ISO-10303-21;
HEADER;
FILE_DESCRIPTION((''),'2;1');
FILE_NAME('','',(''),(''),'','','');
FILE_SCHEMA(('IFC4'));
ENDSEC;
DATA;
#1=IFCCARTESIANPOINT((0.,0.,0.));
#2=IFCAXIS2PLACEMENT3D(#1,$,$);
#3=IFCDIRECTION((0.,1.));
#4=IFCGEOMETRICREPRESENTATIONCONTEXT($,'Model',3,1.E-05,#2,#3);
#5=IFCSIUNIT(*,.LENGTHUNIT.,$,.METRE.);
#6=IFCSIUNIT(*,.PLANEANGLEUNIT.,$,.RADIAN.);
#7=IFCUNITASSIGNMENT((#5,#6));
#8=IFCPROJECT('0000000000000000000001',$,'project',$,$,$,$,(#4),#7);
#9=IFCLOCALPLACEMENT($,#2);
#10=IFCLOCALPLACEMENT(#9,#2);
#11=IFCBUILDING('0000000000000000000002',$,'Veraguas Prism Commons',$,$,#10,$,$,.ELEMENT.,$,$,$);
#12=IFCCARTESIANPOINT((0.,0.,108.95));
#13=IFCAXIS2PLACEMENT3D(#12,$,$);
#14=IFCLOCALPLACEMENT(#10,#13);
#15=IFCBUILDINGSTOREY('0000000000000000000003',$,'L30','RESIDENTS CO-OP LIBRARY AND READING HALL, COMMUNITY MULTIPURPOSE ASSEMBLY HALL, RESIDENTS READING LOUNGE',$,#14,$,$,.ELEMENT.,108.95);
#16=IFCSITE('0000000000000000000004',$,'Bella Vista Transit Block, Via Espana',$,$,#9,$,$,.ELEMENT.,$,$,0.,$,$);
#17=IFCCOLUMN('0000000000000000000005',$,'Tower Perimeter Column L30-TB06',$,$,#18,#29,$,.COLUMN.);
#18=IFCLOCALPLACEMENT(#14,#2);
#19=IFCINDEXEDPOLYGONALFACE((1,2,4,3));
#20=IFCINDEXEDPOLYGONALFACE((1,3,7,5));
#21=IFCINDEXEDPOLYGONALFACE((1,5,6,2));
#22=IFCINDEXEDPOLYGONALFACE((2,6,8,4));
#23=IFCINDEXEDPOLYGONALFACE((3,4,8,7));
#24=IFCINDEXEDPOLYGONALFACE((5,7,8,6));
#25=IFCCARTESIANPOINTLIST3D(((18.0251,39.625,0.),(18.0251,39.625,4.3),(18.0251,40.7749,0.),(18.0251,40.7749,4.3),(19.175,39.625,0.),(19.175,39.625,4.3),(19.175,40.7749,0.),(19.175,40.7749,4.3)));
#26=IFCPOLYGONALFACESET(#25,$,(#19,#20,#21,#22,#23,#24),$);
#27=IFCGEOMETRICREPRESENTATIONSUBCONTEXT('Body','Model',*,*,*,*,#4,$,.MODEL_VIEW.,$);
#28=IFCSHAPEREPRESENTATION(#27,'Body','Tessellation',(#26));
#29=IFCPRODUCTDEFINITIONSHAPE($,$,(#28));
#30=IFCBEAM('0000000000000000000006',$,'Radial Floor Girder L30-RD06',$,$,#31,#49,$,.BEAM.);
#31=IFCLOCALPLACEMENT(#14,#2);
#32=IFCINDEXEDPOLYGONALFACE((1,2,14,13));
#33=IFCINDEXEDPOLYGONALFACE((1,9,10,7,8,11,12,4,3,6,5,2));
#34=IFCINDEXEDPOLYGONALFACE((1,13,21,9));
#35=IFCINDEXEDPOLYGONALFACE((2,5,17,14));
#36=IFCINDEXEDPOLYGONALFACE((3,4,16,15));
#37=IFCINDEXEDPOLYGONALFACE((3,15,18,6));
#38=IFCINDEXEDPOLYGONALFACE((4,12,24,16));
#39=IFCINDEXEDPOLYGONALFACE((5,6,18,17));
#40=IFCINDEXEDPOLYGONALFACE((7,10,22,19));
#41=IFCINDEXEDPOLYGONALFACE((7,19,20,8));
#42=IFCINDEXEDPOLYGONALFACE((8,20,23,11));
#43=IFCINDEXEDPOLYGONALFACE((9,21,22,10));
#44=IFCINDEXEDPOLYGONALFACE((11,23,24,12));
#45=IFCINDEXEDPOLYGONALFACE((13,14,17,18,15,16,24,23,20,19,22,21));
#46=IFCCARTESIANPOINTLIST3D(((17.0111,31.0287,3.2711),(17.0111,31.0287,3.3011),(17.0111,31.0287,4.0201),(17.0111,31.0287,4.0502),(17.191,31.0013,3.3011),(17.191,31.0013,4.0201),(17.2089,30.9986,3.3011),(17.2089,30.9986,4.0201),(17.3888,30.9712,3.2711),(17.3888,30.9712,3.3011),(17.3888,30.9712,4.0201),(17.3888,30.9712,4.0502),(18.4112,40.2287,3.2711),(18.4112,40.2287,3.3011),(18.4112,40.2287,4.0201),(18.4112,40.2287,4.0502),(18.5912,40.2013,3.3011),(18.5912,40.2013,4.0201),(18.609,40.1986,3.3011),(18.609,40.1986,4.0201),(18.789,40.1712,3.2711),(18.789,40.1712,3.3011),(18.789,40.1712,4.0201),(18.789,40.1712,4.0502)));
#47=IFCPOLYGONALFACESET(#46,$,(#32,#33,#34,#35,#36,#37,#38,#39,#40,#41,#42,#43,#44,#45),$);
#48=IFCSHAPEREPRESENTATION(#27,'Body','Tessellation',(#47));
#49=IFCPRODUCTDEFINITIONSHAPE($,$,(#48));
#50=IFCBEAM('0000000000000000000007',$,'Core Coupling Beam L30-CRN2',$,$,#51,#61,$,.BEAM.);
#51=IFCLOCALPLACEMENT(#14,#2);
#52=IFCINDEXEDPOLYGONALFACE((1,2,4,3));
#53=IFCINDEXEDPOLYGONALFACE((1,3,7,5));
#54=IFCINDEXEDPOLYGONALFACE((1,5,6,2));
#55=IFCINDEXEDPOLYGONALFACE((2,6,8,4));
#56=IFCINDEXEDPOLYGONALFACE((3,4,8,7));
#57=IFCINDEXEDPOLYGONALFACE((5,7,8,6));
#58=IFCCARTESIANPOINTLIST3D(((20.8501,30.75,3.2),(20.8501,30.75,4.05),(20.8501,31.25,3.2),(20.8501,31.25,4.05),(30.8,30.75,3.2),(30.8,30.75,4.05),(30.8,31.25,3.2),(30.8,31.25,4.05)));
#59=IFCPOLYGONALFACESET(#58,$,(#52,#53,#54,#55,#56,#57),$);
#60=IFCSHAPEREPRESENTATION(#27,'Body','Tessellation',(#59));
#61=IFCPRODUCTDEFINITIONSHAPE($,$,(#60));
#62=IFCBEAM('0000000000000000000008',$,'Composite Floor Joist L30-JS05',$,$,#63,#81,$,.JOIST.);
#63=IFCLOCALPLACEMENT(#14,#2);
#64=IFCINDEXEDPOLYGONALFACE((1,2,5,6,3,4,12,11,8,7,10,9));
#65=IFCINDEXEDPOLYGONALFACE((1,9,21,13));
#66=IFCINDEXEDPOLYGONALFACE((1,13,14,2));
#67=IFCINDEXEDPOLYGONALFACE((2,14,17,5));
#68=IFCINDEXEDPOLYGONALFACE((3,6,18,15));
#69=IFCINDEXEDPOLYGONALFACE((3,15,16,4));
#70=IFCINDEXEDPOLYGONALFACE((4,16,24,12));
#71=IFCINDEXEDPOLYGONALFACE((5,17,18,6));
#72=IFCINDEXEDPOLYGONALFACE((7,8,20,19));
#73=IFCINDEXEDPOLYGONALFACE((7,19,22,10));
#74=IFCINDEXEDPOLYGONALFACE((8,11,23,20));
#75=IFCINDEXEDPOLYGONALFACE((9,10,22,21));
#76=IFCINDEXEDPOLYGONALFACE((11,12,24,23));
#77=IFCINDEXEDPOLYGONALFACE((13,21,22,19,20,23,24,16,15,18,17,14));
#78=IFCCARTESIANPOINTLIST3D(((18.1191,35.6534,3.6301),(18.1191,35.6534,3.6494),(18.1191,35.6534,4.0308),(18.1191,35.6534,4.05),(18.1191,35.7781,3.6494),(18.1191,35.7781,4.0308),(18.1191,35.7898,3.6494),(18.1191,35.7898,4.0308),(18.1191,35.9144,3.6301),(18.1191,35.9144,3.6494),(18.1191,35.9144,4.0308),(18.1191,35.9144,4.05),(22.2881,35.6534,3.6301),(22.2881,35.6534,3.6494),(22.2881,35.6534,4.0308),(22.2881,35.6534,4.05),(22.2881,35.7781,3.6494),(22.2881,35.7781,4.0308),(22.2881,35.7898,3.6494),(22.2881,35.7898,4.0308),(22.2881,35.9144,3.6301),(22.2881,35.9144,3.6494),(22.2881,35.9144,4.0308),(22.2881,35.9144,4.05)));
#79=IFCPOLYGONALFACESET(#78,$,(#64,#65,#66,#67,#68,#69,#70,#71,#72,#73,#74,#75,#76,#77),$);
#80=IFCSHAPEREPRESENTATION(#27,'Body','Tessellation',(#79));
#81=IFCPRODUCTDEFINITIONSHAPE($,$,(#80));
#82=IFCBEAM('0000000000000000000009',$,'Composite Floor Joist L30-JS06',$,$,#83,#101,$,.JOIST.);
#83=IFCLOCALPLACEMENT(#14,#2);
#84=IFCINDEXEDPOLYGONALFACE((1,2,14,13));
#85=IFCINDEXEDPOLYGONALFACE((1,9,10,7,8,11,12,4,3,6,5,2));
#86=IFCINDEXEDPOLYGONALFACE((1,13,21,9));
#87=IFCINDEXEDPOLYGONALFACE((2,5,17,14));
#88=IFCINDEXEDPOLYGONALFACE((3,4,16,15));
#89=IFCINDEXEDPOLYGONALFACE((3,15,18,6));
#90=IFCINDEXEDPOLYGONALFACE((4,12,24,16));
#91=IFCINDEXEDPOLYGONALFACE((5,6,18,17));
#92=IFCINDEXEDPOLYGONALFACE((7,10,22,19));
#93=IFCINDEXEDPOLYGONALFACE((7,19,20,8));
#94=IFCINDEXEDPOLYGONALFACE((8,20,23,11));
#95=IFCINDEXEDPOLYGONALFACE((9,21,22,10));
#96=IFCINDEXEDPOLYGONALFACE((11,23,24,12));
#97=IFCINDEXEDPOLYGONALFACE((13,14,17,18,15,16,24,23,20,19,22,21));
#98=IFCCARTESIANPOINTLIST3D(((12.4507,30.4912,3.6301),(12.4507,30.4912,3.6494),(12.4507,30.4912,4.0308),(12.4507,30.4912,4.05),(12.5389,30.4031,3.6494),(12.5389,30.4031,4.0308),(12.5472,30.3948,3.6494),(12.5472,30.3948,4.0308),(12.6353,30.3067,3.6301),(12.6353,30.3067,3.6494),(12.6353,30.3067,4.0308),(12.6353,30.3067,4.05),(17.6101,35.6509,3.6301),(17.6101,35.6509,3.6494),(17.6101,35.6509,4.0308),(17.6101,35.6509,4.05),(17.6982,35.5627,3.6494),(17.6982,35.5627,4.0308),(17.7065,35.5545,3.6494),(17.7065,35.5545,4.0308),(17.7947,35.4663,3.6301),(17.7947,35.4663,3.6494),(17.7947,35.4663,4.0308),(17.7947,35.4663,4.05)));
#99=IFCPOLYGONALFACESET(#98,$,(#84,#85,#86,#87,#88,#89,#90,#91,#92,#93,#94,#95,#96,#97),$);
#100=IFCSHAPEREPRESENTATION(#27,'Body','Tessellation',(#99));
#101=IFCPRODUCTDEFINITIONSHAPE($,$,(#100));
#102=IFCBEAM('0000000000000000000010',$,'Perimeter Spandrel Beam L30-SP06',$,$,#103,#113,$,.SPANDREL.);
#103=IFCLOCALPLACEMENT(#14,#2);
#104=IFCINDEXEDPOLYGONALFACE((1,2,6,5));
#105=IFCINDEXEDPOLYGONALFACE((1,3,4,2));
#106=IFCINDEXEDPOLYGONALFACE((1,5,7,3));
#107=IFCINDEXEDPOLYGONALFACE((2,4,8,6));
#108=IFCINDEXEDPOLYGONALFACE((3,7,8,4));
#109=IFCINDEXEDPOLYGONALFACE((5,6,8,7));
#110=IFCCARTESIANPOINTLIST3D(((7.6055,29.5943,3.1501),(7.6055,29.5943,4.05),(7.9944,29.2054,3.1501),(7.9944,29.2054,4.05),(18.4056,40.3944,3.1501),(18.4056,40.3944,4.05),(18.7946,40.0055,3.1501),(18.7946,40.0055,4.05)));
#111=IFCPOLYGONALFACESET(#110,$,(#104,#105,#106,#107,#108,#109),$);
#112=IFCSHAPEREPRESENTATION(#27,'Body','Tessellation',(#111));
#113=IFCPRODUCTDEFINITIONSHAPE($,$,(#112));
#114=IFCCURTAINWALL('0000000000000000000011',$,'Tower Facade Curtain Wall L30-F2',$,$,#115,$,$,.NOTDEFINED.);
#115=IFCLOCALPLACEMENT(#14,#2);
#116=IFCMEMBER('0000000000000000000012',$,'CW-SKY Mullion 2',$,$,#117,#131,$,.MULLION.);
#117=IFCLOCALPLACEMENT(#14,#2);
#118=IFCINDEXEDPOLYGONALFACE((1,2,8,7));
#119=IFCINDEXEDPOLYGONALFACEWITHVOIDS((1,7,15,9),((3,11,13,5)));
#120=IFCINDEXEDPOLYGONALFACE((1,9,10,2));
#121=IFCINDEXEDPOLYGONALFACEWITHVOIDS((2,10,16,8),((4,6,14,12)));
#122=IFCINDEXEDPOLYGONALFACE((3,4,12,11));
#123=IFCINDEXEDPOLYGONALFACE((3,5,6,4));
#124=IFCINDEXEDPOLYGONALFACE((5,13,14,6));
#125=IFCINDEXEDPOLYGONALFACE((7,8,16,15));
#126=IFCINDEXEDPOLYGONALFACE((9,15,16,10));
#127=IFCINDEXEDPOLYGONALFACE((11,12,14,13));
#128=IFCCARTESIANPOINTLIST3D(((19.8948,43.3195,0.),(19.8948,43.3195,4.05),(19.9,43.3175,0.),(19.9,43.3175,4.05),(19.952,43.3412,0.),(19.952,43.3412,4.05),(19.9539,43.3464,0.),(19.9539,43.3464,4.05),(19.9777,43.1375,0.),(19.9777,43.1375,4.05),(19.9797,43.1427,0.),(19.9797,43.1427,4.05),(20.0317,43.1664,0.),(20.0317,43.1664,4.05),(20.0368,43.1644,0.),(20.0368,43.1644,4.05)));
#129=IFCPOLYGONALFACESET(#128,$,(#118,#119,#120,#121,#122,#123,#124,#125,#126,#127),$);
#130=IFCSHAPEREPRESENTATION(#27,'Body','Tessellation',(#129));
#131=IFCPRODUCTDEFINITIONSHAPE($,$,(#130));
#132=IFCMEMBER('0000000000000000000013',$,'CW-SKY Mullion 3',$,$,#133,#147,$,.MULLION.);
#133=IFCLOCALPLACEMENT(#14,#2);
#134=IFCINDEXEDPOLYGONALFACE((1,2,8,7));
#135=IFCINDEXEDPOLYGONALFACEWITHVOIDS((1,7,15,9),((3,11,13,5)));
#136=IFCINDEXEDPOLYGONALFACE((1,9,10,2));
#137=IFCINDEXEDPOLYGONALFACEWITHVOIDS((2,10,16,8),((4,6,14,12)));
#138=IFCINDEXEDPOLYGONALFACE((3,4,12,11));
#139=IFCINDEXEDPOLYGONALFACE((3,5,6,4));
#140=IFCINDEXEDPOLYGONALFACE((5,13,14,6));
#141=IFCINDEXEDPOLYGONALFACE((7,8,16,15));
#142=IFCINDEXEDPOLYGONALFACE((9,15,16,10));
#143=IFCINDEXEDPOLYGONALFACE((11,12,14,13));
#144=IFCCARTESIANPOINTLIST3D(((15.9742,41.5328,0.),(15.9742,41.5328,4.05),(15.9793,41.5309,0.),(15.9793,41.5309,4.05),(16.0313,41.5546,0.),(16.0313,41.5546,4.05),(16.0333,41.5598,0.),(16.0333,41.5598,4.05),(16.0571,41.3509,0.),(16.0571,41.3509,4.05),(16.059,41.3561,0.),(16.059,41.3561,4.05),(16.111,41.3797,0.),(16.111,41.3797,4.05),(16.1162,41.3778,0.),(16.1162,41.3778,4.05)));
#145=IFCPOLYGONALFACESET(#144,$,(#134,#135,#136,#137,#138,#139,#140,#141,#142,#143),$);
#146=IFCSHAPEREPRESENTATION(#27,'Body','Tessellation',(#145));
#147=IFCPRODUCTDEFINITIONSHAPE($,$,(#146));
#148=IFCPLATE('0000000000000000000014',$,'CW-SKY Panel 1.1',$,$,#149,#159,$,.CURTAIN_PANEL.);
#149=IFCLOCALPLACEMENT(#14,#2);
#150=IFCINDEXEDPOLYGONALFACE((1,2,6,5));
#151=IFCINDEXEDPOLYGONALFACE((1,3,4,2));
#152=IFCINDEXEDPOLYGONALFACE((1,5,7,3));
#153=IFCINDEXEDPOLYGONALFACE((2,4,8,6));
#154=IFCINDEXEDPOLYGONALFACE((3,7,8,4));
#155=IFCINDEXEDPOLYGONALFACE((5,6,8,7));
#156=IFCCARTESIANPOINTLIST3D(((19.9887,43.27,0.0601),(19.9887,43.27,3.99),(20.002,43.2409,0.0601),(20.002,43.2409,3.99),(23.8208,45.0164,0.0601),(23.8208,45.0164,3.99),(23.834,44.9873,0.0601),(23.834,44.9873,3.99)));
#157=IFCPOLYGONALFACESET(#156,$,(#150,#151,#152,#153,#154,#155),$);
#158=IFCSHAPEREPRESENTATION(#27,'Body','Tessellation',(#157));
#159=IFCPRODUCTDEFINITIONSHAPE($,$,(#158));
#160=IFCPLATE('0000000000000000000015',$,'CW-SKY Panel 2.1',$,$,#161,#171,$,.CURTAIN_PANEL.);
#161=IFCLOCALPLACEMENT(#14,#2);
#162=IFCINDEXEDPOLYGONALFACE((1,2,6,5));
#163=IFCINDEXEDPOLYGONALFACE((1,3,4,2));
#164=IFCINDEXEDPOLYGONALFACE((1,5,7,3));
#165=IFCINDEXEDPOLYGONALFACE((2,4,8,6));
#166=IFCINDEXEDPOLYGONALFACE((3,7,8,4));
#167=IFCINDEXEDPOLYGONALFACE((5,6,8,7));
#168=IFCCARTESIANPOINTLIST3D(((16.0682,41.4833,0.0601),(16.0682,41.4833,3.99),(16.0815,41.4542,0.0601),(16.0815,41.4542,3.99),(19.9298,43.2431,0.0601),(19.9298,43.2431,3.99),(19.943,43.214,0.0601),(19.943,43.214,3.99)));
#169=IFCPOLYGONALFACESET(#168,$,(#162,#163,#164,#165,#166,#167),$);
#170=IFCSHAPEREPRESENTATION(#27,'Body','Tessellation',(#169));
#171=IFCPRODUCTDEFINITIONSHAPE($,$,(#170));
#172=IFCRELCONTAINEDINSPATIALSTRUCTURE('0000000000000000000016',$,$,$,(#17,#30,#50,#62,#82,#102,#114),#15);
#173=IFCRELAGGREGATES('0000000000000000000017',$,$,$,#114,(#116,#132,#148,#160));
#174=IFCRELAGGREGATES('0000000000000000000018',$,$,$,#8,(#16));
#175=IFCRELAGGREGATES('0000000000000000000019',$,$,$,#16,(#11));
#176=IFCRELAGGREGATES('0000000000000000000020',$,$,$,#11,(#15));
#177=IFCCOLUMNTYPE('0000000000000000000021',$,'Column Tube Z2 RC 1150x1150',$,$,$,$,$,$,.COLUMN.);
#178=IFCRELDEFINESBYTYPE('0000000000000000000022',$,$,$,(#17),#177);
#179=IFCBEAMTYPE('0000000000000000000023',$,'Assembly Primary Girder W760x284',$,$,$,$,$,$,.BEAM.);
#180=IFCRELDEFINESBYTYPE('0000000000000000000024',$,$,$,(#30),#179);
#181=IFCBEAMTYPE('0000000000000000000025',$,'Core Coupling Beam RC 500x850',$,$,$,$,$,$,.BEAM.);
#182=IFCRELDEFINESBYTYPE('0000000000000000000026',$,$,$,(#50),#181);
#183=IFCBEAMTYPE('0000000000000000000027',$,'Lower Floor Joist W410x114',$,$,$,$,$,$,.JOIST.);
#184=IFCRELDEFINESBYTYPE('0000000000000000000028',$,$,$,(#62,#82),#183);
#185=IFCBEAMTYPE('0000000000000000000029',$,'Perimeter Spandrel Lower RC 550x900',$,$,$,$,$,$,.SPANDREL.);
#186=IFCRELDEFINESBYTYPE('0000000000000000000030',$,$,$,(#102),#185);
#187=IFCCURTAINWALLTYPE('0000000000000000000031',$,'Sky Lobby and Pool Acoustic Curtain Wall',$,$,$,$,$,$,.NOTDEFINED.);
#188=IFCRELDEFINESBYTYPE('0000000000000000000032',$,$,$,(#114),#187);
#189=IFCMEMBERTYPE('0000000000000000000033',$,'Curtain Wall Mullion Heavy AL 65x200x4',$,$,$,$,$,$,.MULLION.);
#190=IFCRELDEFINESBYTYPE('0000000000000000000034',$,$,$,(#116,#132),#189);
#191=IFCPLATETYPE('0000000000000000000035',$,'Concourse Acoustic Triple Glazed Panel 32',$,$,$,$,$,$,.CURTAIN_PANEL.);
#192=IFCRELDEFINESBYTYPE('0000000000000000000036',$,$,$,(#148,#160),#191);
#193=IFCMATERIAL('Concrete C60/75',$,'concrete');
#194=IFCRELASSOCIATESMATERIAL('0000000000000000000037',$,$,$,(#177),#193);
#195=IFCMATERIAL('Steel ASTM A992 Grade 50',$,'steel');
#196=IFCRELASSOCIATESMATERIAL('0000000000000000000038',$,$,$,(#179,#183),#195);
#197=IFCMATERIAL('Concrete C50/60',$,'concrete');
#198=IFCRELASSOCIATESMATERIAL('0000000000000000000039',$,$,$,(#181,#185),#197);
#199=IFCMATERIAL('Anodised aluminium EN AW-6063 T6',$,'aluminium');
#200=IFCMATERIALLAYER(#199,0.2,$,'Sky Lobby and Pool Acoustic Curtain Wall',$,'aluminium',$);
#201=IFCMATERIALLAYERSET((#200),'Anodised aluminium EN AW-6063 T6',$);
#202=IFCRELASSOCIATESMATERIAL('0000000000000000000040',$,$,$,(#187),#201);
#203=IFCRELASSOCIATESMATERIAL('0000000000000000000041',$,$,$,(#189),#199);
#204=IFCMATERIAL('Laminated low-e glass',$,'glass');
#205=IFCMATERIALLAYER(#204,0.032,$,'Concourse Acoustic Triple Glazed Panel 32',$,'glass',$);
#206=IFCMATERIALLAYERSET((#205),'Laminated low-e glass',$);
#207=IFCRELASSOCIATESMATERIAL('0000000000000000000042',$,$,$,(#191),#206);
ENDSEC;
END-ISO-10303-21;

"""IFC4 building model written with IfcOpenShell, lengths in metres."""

from ifc_helpers import new_model, si_unit, direction, frame, origin, origin_2d, place, context, subcontext, project, spatial, rectangle, hollow_rectangle, i_section, extrude, source, transform, mapped, material, layer, layer_set, material_profile, profile_set, type_object, element, aggregate, save


model = new_model("IFC4")

# Units and contexts
model_context = context("Model", 3, precision=1e-05, world=origin(), true_north=direction((0.0, 1.0)))
body_context = subcontext(model_context, "Body", "Model", "MODEL_VIEW")
ifc_project = project(units=[si_unit("LENGTHUNIT", "METRE"), si_unit("PLANEANGLEUNIT", "RADIAN")], contexts=[model_context])

# Site, building, storey
site_placement = place(None, origin())
site = spatial("IfcSite", under=ifc_project, at=site_placement, Name="Bella Vista Transit Block, Via Espana", CompositionType="ELEMENT", RefElevation=0.0)
building_placement = place(site_placement, origin())
building = spatial("IfcBuilding", under=site, at=building_placement, Name="Veraguas Prism Commons", CompositionType="ELEMENT")
storey_placement = place(building_placement, frame((0.0, 0.0, 108.95)))
storey = spatial("IfcBuildingStorey", under=building, at=storey_placement, Name="L30", Description="RESIDENTS CO-OP LIBRARY AND READING HALL, COMMUNITY MULTIPURPOSE ASSEMBLY HALL, RESIDENTS READING LOUNGE", CompositionType="ELEMENT", Elevation=108.95)

# Column
ifc_material_1 = material(Name="Concrete C60/75", Category="concrete")
ifc_material_profile_1 = material_profile(ifc_material_1, rectangle(XDim=1.1499, YDim=1.1499, at=origin_2d()), Name="RC1150X1150")
ifc_profile_set_1 = profile_set([ifc_material_profile_1], Name="Concrete C60/75")
column_type = type_object("IfcColumnType", Name="Column Tube Z2 RC 1150x1150", PredefinedType="COLUMN", material=ifc_profile_set_1)
column_placement = place(storey_placement, frame((18.6001, 40.2, 0.0), z_axis=(0.0, 0.0, 1.0), x_axis=(1.0, 0.0, 0.0)))
element("IfcColumn", 1, at=column_placement, inside=storey, type_object=column_type, Name="Tower Perimeter Column L30-TB06", PredefinedType="COLUMN", context=body_context, shape_type="SweptSolid", body=[
    extrude(rectangle(XDim=1.1499, YDim=1.1499, at=origin_2d()), origin(), (0.0, 0.0, 1.0), 4.3),
])

# Beams
ifc_material_2 = material(Name="Steel ASTM A992 Grade 50", Category="steel")
ifc_material_profile_2 = material_profile(ifc_material_2, i_section(OverallWidth=0.3821, OverallDepth=0.7791, WebThickness=0.0181, FlangeThickness=0.03, at=origin_2d()), Name="W760X284")
ifc_profile_set_2 = profile_set([ifc_material_profile_2], Name="Steel ASTM A992 Grade 50")
beam_type_1 = type_object("IfcBeamType", Name="Assembly Primary Girder W760x284", PredefinedType="BEAM", material=ifc_profile_set_2)
beam_1_placement = place(storey_placement, frame((18.6001, 40.2, 3.6606), z_axis=(-0.150458, -0.988616, 0.0), x_axis=(0.988616, -0.150458, 0.0)))
element("IfcBeam", 2, at=beam_1_placement, inside=storey, type_object=beam_type_1, Name="Radial Floor Girder L30-RD06", PredefinedType="BEAM", context=body_context, shape_type="SweptSolid", body=[
    extrude(i_section(OverallWidth=0.3821, OverallDepth=0.7791, WebThickness=0.0181, FlangeThickness=0.03, at=origin_2d()), origin(), (0.0, 0.0, 1.0), 9.3059),
])
ifc_material_3 = material(Name="Concrete C50/60", Category="concrete")
ifc_material_profile_3 = material_profile(ifc_material_3, rectangle(XDim=0.5, YDim=0.8501, at=origin_2d()), Name="RC500X850")
ifc_profile_set_3 = profile_set([ifc_material_profile_3], Name="Concrete C50/60")
beam_type_2 = type_object("IfcBeamType", Name="Core Coupling Beam RC 500x850", PredefinedType="BEAM", material=ifc_profile_set_3)
beam_2_placement = place(storey_placement, frame((20.8501, 31.0, 3.625), z_axis=(1.0, 0.0, 0.0), x_axis=(0.0, 1.0, 0.0)))
element("IfcBeam", 3, at=beam_2_placement, inside=storey, type_object=beam_type_2, Name="Core Coupling Beam L30-CRN2", PredefinedType="BEAM", context=body_context, shape_type="SweptSolid", body=[
    extrude(rectangle(XDim=0.5, YDim=0.8501, at=origin_2d()), origin(), (0.0, 0.0, 1.0), 9.95),
])
ifc_material_profile_4 = material_profile(ifc_material_2, i_section(OverallWidth=0.261, OverallDepth=0.4199, WebThickness=0.0117, FlangeThickness=0.0193, at=origin_2d()), Name="W410X114")
ifc_profile_set_4 = profile_set([ifc_material_profile_4], Name="Steel ASTM A992 Grade 50")
beam_type_3 = type_object("IfcBeamType", Name="Lower Floor Joist W410x114", PredefinedType="JOIST", material=ifc_profile_set_4)
beam_3_placement = place(storey_placement, frame((22.2881, 35.7839, 3.8401), z_axis=(-1.0, 0.0, 0.0), x_axis=(0.0, -1.0, 0.0)))
element("IfcBeam", 4, at=beam_3_placement, inside=storey, type_object=beam_type_3, Name="Composite Floor Joist L30-JS05", PredefinedType="JOIST", context=body_context, shape_type="SweptSolid", body=[
    extrude(i_section(OverallWidth=0.261, OverallDepth=0.4199, WebThickness=0.0117, FlangeThickness=0.0193, at=origin_2d()), origin(), (0.0, 0.0, 1.0), 4.1689),
])
beam_4_placement = place(storey_placement, frame((17.7024, 35.5586, 3.8401), z_axis=(-0.70709, -0.707124, 0.0), x_axis=(0.707124, -0.70709, 0.0)))
element("IfcBeam", 5, at=beam_4_placement, inside=storey, type_object=beam_type_3, Name="Composite Floor Joist L30-JS06", PredefinedType="JOIST", context=body_context, shape_type="SweptSolid", body=[
    extrude(i_section(OverallWidth=0.261, OverallDepth=0.4199, WebThickness=0.0117, FlangeThickness=0.0193, at=origin_2d()), origin(), (0.0, 0.0, 1.0), 7.2966),
])
ifc_material_profile_5 = material_profile(ifc_material_3, rectangle(XDim=0.55, YDim=0.8999, at=origin_2d()), Name="RC550X900")
ifc_profile_set_5 = profile_set([ifc_material_profile_5], Name="Concrete C50/60")
beam_type_4 = type_object("IfcBeamType", Name="Perimeter Spandrel Lower RC 550x900", PredefinedType="SPANDREL", material=ifc_profile_set_5)
beam_5_placement = place(storey_placement, frame((18.6001, 40.2, 3.6001), z_axis=(-0.707107, -0.707107, 0.0), x_axis=(0.707107, -0.707107, 0.0)))
element("IfcBeam", 6, at=beam_5_placement, inside=storey, type_object=beam_type_4, Name="Perimeter Spandrel Beam L30-SP06", PredefinedType="SPANDREL", context=body_context, shape_type="SweptSolid", body=[
    extrude(rectangle(XDim=0.55, YDim=0.8999, at=origin_2d()), origin(), (0.0, 0.0, 1.0), 15.2737),
])

# Curtain wall, members, plates
ifc_material_4 = material(Name="Anodised aluminium EN AW-6063 T6", Category="aluminium")
ifc_layer_1 = layer(ifc_material_4, 0.2, Name="Sky Lobby and Pool Acoustic Curtain Wall", Category="aluminium")
ifc_layer_set_1 = layer_set([ifc_layer_1], Name="Anodised aluminium EN AW-6063 T6")
curtain_wall_type = type_object("IfcCurtainWallType", Name="Sky Lobby and Pool Acoustic Curtain Wall", PredefinedType="NOTDEFINED", material=ifc_layer_set_1)
curtain_wall_placement = place(storey_placement, origin())
curtain_wall = element("IfcCurtainWall", 7, at=curtain_wall_placement, inside=storey, type_object=curtain_wall_type, Name="Tower Facade Curtain Wall L30-F2", PredefinedType="NOTDEFINED")
ifc_material_profile_6 = material_profile(ifc_material_4, hollow_rectangle(XDim=0.0649, YDim=0.2, WallThickness=0.0039, at=origin_2d()), Name="AL65X200X4")
ifc_profile_set_6 = profile_set([ifc_material_profile_6], Name="Anodised aluminium EN AW-6063 T6")
member_type = type_object("IfcMemberType", Name="Curtain Wall Mullion Heavy AL 65x200x4", PredefinedType="MULLION", material=ifc_profile_set_6)
shared_shape_1 = source(origin(), body_context, "Body", "SweptSolid", [
    extrude(hollow_rectangle(XDim=0.0649, YDim=0.2, WallThickness=0.0039, at=origin_2d()), origin(), (0.0, 0.0, 1.0), 4.05),
])
member_1_placement = place(storey_placement, frame((19.9658, 43.2419, 0.0), z_axis=(0.0, 0.0, 1.0), x_axis=(-0.909961, -0.414695, 0.0)))
member_1 = element("IfcMember", 8, at=member_1_placement, type_object=member_type, Name="CW-SKY Mullion 2", PredefinedType="MULLION", context=body_context, shape_type="MappedRepresentation", body=[
    mapped(shared_shape_1, transform((0.0, 0.0, 0.0), scale=1.0)),
])
member_2_placement = place(storey_placement, frame((16.0452, 41.4553, 0.0), z_axis=(0.0, 0.0, 1.0), x_axis=(-0.909961, -0.414695, 0.0)))
member_2 = element("IfcMember", 9, at=member_2_placement, type_object=member_type, Name="CW-SKY Mullion 3", PredefinedType="MULLION", context=body_context, shape_type="MappedRepresentation", body=[
    mapped(shared_shape_1, transform((0.0, 0.0, 0.0), scale=1.0)),
])
ifc_material_5 = material(Name="Laminated low-e glass", Category="glass")
ifc_layer_2 = layer(ifc_material_5, 0.032, Name="Concourse Acoustic Triple Glazed Panel 32", Category="glass")
ifc_layer_set_2 = layer_set([ifc_layer_2], Name="Laminated low-e glass")
plate_type = type_object("IfcPlateType", Name="Concourse Acoustic Triple Glazed Panel 32", PredefinedType="CURTAIN_PANEL", material=ifc_layer_set_2)
shared_shape_2 = source(origin(), body_context, "Body", "SweptSolid", [
    extrude(rectangle(XDim=4.2112, YDim=0.032, at=origin_2d()), origin(), (0.0, 0.0, 1.0), 3.9299),
])
plate_1_placement = place(storey_placement, frame((21.9114, 44.1287, 0.0601), z_axis=(0.0, 0.0, 1.0), x_axis=(-0.909961, -0.414695, 0.0)))
plate_1 = element("IfcPlate", 10, at=plate_1_placement, type_object=plate_type, Name="CW-SKY Panel 1.1", PredefinedType="CURTAIN_PANEL", context=body_context, shape_type="MappedRepresentation", body=[
    mapped(shared_shape_2, transform((0.0, 0.0, 0.0), scale=1.0)),
])
shared_shape_3 = source(origin(), body_context, "Body", "SweptSolid", [
    extrude(rectangle(XDim=4.2437, YDim=0.032, at=origin_2d()), origin(), (0.0, 0.0, 1.0), 3.9299),
])
plate_2_placement = place(storey_placement, frame((18.0056, 42.3486, 0.0601), z_axis=(0.0, 0.0, 1.0), x_axis=(-0.909961, -0.414695, 0.0)))
plate_2 = element("IfcPlate", 11, at=plate_2_placement, type_object=plate_type, Name="CW-SKY Panel 2.1", PredefinedType="CURTAIN_PANEL", context=body_context, shape_type="MappedRepresentation", body=[
    mapped(shared_shape_3, transform((0.0, 0.0, 0.0), scale=1.0)),
])
aggregate(curtain_wall, [member_1, member_2, plate_1, plate_2])

save(model, "model.ifc")
